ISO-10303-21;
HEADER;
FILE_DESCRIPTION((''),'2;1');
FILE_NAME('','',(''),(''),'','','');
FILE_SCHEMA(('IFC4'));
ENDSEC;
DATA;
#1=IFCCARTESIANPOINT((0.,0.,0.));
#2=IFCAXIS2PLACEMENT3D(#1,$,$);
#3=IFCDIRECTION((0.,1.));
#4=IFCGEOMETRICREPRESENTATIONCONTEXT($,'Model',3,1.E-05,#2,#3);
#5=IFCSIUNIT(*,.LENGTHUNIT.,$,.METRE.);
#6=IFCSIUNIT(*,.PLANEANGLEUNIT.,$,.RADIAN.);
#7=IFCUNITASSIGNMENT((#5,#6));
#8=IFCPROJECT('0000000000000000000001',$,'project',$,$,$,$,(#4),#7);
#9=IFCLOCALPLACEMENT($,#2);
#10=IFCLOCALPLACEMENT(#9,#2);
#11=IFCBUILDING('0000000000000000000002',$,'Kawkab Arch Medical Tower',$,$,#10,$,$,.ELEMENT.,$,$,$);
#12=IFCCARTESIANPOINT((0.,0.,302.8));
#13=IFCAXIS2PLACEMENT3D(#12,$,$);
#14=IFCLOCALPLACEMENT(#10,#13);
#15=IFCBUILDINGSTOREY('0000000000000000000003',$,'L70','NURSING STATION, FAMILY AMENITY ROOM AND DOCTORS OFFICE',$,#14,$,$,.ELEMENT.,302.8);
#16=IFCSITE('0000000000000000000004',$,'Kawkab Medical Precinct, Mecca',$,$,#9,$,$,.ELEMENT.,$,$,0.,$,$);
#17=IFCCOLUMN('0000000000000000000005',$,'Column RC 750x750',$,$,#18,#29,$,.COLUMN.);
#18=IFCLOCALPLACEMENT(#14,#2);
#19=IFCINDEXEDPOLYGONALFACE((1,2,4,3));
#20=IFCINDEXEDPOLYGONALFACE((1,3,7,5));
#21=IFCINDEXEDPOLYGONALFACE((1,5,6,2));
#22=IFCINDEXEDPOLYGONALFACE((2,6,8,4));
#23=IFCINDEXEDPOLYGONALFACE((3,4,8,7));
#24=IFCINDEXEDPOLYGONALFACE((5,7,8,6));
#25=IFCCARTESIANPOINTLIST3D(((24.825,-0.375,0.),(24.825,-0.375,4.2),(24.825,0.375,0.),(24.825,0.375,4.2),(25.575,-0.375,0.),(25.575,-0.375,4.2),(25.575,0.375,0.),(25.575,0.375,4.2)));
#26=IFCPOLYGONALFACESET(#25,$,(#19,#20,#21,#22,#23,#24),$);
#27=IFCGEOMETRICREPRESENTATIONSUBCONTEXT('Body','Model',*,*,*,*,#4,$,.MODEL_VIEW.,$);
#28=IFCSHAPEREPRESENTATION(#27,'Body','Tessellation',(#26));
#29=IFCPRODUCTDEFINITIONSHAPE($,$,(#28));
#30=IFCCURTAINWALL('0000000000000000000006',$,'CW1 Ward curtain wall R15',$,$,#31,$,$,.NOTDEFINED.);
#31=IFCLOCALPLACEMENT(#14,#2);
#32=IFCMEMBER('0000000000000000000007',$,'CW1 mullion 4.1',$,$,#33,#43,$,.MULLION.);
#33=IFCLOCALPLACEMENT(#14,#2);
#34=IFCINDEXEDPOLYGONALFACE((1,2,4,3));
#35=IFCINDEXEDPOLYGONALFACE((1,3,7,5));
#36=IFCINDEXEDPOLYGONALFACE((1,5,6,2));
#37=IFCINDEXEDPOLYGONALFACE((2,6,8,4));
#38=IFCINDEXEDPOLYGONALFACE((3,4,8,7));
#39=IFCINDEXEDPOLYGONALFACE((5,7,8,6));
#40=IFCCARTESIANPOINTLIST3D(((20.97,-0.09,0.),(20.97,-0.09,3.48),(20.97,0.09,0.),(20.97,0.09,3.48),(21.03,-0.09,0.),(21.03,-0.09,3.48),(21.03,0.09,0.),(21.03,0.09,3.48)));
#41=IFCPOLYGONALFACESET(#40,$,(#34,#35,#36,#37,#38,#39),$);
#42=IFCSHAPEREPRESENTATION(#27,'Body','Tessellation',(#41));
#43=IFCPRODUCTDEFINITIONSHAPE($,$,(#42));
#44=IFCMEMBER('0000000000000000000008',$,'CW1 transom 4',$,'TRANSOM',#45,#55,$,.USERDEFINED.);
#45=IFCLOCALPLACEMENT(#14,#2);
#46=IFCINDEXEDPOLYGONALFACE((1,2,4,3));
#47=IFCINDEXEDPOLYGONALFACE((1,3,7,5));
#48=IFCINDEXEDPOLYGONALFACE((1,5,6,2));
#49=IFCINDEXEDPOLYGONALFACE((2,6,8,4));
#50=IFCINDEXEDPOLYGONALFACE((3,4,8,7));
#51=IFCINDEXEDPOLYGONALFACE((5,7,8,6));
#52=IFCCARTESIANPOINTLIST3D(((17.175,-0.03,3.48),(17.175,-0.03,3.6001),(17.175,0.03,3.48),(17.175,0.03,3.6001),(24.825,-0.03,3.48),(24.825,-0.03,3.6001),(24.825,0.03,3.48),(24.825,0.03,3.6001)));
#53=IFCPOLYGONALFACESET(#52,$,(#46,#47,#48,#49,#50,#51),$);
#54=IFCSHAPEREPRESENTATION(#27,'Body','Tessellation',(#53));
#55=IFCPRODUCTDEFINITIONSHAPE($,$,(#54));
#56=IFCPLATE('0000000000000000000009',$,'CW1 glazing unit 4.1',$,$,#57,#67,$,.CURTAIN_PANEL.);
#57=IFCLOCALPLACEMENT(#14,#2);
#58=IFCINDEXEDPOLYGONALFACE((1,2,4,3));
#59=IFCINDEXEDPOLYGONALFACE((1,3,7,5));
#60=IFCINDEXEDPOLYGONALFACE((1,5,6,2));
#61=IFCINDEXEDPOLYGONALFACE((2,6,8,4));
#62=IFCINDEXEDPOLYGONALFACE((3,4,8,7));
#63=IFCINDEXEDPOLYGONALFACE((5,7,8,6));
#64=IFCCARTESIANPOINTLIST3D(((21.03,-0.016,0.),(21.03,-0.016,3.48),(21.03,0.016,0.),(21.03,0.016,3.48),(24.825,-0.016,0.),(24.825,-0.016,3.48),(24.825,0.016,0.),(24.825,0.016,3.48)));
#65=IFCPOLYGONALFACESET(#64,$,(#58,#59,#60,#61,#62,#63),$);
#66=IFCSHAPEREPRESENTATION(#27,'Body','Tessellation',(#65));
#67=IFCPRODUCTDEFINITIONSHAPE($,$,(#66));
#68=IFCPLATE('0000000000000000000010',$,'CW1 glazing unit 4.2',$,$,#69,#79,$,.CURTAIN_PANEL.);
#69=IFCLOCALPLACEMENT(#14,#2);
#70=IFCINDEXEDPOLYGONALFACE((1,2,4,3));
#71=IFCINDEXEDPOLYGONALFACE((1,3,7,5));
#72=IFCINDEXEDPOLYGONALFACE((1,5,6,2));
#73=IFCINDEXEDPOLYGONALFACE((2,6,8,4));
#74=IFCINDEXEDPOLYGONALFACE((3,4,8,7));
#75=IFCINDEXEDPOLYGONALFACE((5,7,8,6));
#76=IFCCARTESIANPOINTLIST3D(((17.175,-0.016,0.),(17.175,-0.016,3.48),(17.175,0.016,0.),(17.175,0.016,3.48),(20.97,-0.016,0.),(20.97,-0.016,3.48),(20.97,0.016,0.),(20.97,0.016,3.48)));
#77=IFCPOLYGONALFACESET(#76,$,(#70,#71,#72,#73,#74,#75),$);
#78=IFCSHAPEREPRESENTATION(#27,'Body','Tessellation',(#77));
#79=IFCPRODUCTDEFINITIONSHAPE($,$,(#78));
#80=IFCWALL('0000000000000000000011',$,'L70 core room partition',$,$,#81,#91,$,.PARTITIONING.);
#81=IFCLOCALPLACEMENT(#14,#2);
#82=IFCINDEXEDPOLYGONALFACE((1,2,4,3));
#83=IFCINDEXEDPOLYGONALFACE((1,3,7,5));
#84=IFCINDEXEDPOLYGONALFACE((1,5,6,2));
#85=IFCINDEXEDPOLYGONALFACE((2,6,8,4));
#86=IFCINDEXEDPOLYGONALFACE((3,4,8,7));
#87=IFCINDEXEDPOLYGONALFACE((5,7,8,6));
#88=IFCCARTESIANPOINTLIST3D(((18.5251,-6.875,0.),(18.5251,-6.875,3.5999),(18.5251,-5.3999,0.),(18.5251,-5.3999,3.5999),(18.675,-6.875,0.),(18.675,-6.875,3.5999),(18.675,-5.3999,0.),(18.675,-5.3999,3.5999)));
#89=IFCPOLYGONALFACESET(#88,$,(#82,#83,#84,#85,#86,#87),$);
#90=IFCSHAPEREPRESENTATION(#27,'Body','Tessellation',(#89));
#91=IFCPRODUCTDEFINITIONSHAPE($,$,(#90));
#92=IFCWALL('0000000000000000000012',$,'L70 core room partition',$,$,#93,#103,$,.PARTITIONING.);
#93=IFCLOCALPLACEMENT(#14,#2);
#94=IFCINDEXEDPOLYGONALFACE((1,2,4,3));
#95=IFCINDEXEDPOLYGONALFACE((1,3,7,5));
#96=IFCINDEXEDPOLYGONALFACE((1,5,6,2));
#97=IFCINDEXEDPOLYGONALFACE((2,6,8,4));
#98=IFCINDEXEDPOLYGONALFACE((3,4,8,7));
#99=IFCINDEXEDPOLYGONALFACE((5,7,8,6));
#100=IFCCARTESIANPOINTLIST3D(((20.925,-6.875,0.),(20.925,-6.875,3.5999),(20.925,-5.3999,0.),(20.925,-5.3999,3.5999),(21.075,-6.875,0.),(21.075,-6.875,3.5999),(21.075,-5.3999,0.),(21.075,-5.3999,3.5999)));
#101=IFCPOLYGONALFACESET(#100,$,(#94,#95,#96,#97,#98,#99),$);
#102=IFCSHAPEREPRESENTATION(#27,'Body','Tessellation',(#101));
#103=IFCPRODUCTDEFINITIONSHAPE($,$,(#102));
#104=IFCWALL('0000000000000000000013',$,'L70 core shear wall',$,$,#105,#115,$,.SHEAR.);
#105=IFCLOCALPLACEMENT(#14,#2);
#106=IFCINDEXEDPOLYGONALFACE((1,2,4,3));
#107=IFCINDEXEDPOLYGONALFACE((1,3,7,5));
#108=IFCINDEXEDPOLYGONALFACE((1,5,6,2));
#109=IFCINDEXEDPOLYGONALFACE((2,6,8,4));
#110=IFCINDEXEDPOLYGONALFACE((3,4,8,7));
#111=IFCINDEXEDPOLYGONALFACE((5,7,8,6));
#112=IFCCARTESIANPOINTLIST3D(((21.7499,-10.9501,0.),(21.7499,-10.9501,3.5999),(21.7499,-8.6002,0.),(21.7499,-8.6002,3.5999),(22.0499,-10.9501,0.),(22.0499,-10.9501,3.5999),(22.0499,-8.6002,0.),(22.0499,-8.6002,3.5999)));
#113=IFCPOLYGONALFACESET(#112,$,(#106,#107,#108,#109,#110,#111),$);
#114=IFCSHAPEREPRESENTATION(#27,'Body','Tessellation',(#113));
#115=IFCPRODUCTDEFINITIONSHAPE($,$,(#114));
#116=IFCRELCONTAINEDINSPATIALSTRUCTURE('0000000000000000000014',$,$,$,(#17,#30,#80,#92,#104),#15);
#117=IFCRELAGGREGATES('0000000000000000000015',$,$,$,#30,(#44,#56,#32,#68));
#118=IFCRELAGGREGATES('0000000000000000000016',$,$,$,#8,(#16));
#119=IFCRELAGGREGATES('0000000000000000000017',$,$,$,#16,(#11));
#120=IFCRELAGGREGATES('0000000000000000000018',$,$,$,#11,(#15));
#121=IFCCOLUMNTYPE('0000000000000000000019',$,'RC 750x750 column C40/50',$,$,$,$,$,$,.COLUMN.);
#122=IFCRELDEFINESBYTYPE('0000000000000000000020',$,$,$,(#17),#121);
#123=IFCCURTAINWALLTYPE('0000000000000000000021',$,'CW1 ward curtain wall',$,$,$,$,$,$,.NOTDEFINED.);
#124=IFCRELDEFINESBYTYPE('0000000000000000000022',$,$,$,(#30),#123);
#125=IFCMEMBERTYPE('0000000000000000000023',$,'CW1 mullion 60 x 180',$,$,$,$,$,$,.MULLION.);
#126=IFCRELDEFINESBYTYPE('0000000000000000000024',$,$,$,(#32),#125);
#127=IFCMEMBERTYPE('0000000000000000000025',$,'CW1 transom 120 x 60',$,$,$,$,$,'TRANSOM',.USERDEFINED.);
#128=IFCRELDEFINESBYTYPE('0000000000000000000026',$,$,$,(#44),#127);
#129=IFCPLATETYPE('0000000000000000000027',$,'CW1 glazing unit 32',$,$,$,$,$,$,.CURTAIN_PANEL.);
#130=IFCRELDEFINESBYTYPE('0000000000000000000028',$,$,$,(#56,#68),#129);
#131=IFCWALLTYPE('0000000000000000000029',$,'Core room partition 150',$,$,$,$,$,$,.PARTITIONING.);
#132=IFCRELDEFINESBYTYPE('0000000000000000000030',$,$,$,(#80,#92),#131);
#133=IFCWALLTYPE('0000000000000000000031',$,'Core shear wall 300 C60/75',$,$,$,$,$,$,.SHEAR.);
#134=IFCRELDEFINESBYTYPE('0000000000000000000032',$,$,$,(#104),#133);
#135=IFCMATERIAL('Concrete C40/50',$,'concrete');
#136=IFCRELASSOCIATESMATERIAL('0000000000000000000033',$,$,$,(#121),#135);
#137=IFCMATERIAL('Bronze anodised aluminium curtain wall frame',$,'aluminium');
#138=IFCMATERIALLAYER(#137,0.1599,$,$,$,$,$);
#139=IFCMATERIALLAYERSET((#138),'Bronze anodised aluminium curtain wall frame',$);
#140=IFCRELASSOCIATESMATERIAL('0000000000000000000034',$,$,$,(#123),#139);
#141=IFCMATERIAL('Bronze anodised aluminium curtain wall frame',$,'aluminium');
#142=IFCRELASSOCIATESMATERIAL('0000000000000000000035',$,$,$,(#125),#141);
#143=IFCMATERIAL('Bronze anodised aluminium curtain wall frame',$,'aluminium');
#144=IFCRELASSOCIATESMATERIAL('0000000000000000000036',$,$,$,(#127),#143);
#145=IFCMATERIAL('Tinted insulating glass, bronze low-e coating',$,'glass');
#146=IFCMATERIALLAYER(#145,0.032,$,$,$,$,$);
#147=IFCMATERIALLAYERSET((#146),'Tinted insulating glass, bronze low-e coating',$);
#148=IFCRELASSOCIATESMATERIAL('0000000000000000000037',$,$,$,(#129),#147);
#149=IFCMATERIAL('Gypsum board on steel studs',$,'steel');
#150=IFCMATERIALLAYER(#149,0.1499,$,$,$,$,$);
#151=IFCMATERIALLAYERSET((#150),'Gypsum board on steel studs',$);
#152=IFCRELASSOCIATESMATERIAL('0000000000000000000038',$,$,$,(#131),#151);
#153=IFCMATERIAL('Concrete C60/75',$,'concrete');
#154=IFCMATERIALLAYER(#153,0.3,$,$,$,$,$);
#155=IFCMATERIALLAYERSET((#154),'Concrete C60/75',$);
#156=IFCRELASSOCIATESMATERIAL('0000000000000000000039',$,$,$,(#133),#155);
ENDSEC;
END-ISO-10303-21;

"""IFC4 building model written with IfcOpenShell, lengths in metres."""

from ifc_helpers import new_model, si_unit, direction, frame, frame_2d, origin, origin_2d, place, context, subcontext, project, spatial, rectangle, extrude, material, layer, layer_set, material_profile, profile_set, type_object, element, aggregate, save


model = new_model("IFC4")

# Units and contexts
model_context = context("Model", 3, precision=1e-05, world=origin(), true_north=direction((0.0, 1.0)))
body_context = subcontext(model_context, "Body", "Model", "MODEL_VIEW")
ifc_project = project(units=[si_unit("LENGTHUNIT", "METRE"), si_unit("PLANEANGLEUNIT", "RADIAN")], contexts=[model_context])

# Site, building, storey
site_placement = place(None, origin())
site = spatial("IfcSite", under=ifc_project, at=site_placement, Name="Kawkab Medical Precinct, Mecca", CompositionType="ELEMENT", RefElevation=0.0)
building_placement = place(site_placement, origin())
building = spatial("IfcBuilding", under=site, at=building_placement, Name="Kawkab Arch Medical Tower", CompositionType="ELEMENT")
storey_placement = place(building_placement, frame((0.0, 0.0, 302.8)))
storey = spatial("IfcBuildingStorey", under=building, at=storey_placement, Name="L70", Description="NURSING STATION, FAMILY AMENITY ROOM AND DOCTORS OFFICE", CompositionType="ELEMENT", Elevation=302.8)

# Column
ifc_material_1 = material(Name="Concrete C40/50", Category="concrete")
ifc_material_profile_1 = material_profile(ifc_material_1, rectangle(XDim=0.75, YDim=0.75, at=origin_2d()), Name="RC 750x750")
ifc_profile_set_1 = profile_set([ifc_material_profile_1], Name="Concrete C40/50")
column_type = type_object("IfcColumnType", Name="RC 750x750 column C40/50", PredefinedType="COLUMN", material=ifc_profile_set_1)
column_placement = place(storey_placement, frame((25.2, 0.0, 0.0), z_axis=(0.0, 0.0, 1.0), x_axis=(1.0, 0.0, 0.0)))
element("IfcColumn", 1, at=column_placement, inside=storey, type_object=column_type, Name="Column RC 750x750", PredefinedType="COLUMN", context=body_context, shape_type="SweptSolid", body=[
    extrude(rectangle(XDim=0.75, YDim=0.75, at=origin_2d()), origin(), (0.0, 0.0, 1.0), 4.2),
])

# Curtain wall, members, plates
ifc_material_2 = material(Name="Bronze anodised aluminium curtain wall frame", Category="aluminium")
ifc_layer_1 = layer(ifc_material_2, 0.1599)
ifc_layer_set_1 = layer_set([ifc_layer_1], Name="Bronze anodised aluminium curtain wall frame")
curtain_wall_type = type_object("IfcCurtainWallType", Name="CW1 ward curtain wall", PredefinedType="NOTDEFINED", material=ifc_layer_set_1)
placement = place(storey_placement, origin())
curtain_wall = element("IfcCurtainWall", 2, at=placement, inside=storey, type_object=curtain_wall_type, Name="CW1 Ward curtain wall R15", PredefinedType="NOTDEFINED")
ifc_material_3 = material(Name="Bronze anodised aluminium curtain wall frame", Category="aluminium")
ifc_material_profile_2 = material_profile(ifc_material_3, rectangle(XDim=0.1799, YDim=0.0601, at=origin_2d()), Name="AL 60x180")
ifc_profile_set_2 = profile_set([ifc_material_profile_2], Name="Bronze anodised aluminium curtain wall frame")
member_type_1 = type_object("IfcMemberType", Name="CW1 mullion 60 x 180", PredefinedType="MULLION", material=ifc_profile_set_2)
member_1_placement = place(storey_placement, frame((21.0, 0.0, 0.0), z_axis=(0.0, 0.0, 1.0), x_axis=(0.0, -1.0, 0.0)))
member_1 = element("IfcMember", 3, at=member_1_placement, type_object=member_type_1, Name="CW1 mullion 4.1", PredefinedType="MULLION", context=body_context, shape_type="SweptSolid", body=[
    extrude(rectangle(XDim=0.1799, YDim=0.0601, at=origin_2d()), origin(), (0.0, 0.0, 1.0), 3.48),
])
ifc_material_4 = material(Name="Bronze anodised aluminium curtain wall frame", Category="aluminium")
ifc_material_profile_3 = material_profile(ifc_material_4, rectangle(XDim=0.0601, YDim=0.1201, at=origin_2d()), Name="AL 60x120")
ifc_profile_set_3 = profile_set([ifc_material_profile_3], Name="Bronze anodised aluminium curtain wall frame")
member_type_2 = type_object("IfcMemberType", Name="CW1 transom 120 x 60", ElementType="TRANSOM", PredefinedType="USERDEFINED", material=ifc_profile_set_3)
member_2_placement = place(storey_placement, frame((24.825, 0.0, 3.54), z_axis=(-1.0, 0.0, 0.0), x_axis=(0.0, -1.0, 0.0)))
member_2 = element("IfcMember", 4, at=member_2_placement, type_object=member_type_2, Name="CW1 transom 4", ObjectType="TRANSOM", PredefinedType="USERDEFINED", context=body_context, shape_type="SweptSolid", body=[
    extrude(rectangle(XDim=0.0601, YDim=0.1201, at=origin_2d()), origin(), (0.0, 0.0, 1.0), 7.6499),
])
ifc_material_5 = material(Name="Tinted insulating glass, bronze low-e coating", Category="glass")
ifc_layer_2 = layer(ifc_material_5, 0.032)
ifc_layer_set_2 = layer_set([ifc_layer_2], Name="Tinted insulating glass, bronze low-e coating")
plate_type = type_object("IfcPlateType", Name="CW1 glazing unit 32", PredefinedType="CURTAIN_PANEL", material=ifc_layer_set_2)
plate_1_placement = place(storey_placement, frame((22.9275, 0.0, 0.0), z_axis=(0.0, 0.0, 1.0), x_axis=(-1.0, 0.0, 0.0)))
plate_1 = element("IfcPlate", 5, at=plate_1_placement, type_object=plate_type, Name="CW1 glazing unit 4.1", PredefinedType="CURTAIN_PANEL", context=body_context, shape_type="SweptSolid", body=[
    extrude(rectangle(XDim=3.7949, YDim=0.032, at=origin_2d()), origin(), (0.0, 0.0, 1.0), 3.48),
])
plate_2_placement = place(storey_placement, frame((19.0725, 0.0, 0.0), z_axis=(0.0, 0.0, 1.0), x_axis=(-1.0, 0.0, 0.0)))
plate_2 = element("IfcPlate", 6, at=plate_2_placement, type_object=plate_type, Name="CW1 glazing unit 4.2", PredefinedType="CURTAIN_PANEL", context=body_context, shape_type="SweptSolid", body=[
    extrude(rectangle(XDim=3.7949, YDim=0.032, at=origin_2d()), origin(), (0.0, 0.0, 1.0), 3.48),
])
aggregate(curtain_wall, [member_2, plate_1, member_1, plate_2])

# Walls
ifc_material_6 = material(Name="Gypsum board on steel studs", Category="steel")
ifc_layer_3 = layer(ifc_material_6, 0.1499)
ifc_layer_set_3 = layer_set([ifc_layer_3], Name="Gypsum board on steel studs")
wall_type_1 = type_object("IfcWallType", Name="Core room partition 150", PredefinedType="PARTITIONING", material=ifc_layer_set_3)
for number, where, z_axis, x_axis, name in (
    (7, (18.6001, -6.875, 0.0), (0.0, 0.0, 1.0), (0.0, 1.0, 0.0), "L70 core room partition"),
    (8, (21.0, -6.875, 0.0), (0.0, 0.0, 1.0), (0.0, 1.0, 0.0), "L70 core room partition"),
):
    element("IfcWall", number, at=place(storey_placement, frame(where, z_axis=z_axis, x_axis=x_axis)), inside=storey, type_object=wall_type_1, Name=name, PredefinedType="PARTITIONING", context=body_context, shape_type="SweptSolid", body=[
        extrude(rectangle(XDim=1.4751, YDim=0.1499, at=frame_2d((0.7375, 0.0))), origin(), (0.0, 0.0, 1.0), 3.5999),
    ])
ifc_material_7 = material(Name="Concrete C60/75", Category="concrete")
ifc_layer_4 = layer(ifc_material_7, 0.3)
ifc_layer_set_4 = layer_set([ifc_layer_4], Name="Concrete C60/75")
wall_type_2 = type_object("IfcWallType", Name="Core shear wall 300 C60/75", PredefinedType="SHEAR", material=ifc_layer_set_4)
wall_1_placement = place(storey_placement, frame((21.8999, -10.95, 0.0), z_axis=(0.0, 0.0, 1.0), x_axis=(0.0, 1.0, 0.0)))
element("IfcWall", 9, at=wall_1_placement, inside=storey, type_object=wall_type_2, Name="L70 core shear wall", PredefinedType="SHEAR", context=body_context, shape_type="SweptSolid", body=[
    extrude(rectangle(XDim=2.3499, YDim=0.3, at=frame_2d((1.1748, 0.0))), origin(), (0.0, 0.0, 1.0), 3.5999),
])

save(model, "model.ifc")
